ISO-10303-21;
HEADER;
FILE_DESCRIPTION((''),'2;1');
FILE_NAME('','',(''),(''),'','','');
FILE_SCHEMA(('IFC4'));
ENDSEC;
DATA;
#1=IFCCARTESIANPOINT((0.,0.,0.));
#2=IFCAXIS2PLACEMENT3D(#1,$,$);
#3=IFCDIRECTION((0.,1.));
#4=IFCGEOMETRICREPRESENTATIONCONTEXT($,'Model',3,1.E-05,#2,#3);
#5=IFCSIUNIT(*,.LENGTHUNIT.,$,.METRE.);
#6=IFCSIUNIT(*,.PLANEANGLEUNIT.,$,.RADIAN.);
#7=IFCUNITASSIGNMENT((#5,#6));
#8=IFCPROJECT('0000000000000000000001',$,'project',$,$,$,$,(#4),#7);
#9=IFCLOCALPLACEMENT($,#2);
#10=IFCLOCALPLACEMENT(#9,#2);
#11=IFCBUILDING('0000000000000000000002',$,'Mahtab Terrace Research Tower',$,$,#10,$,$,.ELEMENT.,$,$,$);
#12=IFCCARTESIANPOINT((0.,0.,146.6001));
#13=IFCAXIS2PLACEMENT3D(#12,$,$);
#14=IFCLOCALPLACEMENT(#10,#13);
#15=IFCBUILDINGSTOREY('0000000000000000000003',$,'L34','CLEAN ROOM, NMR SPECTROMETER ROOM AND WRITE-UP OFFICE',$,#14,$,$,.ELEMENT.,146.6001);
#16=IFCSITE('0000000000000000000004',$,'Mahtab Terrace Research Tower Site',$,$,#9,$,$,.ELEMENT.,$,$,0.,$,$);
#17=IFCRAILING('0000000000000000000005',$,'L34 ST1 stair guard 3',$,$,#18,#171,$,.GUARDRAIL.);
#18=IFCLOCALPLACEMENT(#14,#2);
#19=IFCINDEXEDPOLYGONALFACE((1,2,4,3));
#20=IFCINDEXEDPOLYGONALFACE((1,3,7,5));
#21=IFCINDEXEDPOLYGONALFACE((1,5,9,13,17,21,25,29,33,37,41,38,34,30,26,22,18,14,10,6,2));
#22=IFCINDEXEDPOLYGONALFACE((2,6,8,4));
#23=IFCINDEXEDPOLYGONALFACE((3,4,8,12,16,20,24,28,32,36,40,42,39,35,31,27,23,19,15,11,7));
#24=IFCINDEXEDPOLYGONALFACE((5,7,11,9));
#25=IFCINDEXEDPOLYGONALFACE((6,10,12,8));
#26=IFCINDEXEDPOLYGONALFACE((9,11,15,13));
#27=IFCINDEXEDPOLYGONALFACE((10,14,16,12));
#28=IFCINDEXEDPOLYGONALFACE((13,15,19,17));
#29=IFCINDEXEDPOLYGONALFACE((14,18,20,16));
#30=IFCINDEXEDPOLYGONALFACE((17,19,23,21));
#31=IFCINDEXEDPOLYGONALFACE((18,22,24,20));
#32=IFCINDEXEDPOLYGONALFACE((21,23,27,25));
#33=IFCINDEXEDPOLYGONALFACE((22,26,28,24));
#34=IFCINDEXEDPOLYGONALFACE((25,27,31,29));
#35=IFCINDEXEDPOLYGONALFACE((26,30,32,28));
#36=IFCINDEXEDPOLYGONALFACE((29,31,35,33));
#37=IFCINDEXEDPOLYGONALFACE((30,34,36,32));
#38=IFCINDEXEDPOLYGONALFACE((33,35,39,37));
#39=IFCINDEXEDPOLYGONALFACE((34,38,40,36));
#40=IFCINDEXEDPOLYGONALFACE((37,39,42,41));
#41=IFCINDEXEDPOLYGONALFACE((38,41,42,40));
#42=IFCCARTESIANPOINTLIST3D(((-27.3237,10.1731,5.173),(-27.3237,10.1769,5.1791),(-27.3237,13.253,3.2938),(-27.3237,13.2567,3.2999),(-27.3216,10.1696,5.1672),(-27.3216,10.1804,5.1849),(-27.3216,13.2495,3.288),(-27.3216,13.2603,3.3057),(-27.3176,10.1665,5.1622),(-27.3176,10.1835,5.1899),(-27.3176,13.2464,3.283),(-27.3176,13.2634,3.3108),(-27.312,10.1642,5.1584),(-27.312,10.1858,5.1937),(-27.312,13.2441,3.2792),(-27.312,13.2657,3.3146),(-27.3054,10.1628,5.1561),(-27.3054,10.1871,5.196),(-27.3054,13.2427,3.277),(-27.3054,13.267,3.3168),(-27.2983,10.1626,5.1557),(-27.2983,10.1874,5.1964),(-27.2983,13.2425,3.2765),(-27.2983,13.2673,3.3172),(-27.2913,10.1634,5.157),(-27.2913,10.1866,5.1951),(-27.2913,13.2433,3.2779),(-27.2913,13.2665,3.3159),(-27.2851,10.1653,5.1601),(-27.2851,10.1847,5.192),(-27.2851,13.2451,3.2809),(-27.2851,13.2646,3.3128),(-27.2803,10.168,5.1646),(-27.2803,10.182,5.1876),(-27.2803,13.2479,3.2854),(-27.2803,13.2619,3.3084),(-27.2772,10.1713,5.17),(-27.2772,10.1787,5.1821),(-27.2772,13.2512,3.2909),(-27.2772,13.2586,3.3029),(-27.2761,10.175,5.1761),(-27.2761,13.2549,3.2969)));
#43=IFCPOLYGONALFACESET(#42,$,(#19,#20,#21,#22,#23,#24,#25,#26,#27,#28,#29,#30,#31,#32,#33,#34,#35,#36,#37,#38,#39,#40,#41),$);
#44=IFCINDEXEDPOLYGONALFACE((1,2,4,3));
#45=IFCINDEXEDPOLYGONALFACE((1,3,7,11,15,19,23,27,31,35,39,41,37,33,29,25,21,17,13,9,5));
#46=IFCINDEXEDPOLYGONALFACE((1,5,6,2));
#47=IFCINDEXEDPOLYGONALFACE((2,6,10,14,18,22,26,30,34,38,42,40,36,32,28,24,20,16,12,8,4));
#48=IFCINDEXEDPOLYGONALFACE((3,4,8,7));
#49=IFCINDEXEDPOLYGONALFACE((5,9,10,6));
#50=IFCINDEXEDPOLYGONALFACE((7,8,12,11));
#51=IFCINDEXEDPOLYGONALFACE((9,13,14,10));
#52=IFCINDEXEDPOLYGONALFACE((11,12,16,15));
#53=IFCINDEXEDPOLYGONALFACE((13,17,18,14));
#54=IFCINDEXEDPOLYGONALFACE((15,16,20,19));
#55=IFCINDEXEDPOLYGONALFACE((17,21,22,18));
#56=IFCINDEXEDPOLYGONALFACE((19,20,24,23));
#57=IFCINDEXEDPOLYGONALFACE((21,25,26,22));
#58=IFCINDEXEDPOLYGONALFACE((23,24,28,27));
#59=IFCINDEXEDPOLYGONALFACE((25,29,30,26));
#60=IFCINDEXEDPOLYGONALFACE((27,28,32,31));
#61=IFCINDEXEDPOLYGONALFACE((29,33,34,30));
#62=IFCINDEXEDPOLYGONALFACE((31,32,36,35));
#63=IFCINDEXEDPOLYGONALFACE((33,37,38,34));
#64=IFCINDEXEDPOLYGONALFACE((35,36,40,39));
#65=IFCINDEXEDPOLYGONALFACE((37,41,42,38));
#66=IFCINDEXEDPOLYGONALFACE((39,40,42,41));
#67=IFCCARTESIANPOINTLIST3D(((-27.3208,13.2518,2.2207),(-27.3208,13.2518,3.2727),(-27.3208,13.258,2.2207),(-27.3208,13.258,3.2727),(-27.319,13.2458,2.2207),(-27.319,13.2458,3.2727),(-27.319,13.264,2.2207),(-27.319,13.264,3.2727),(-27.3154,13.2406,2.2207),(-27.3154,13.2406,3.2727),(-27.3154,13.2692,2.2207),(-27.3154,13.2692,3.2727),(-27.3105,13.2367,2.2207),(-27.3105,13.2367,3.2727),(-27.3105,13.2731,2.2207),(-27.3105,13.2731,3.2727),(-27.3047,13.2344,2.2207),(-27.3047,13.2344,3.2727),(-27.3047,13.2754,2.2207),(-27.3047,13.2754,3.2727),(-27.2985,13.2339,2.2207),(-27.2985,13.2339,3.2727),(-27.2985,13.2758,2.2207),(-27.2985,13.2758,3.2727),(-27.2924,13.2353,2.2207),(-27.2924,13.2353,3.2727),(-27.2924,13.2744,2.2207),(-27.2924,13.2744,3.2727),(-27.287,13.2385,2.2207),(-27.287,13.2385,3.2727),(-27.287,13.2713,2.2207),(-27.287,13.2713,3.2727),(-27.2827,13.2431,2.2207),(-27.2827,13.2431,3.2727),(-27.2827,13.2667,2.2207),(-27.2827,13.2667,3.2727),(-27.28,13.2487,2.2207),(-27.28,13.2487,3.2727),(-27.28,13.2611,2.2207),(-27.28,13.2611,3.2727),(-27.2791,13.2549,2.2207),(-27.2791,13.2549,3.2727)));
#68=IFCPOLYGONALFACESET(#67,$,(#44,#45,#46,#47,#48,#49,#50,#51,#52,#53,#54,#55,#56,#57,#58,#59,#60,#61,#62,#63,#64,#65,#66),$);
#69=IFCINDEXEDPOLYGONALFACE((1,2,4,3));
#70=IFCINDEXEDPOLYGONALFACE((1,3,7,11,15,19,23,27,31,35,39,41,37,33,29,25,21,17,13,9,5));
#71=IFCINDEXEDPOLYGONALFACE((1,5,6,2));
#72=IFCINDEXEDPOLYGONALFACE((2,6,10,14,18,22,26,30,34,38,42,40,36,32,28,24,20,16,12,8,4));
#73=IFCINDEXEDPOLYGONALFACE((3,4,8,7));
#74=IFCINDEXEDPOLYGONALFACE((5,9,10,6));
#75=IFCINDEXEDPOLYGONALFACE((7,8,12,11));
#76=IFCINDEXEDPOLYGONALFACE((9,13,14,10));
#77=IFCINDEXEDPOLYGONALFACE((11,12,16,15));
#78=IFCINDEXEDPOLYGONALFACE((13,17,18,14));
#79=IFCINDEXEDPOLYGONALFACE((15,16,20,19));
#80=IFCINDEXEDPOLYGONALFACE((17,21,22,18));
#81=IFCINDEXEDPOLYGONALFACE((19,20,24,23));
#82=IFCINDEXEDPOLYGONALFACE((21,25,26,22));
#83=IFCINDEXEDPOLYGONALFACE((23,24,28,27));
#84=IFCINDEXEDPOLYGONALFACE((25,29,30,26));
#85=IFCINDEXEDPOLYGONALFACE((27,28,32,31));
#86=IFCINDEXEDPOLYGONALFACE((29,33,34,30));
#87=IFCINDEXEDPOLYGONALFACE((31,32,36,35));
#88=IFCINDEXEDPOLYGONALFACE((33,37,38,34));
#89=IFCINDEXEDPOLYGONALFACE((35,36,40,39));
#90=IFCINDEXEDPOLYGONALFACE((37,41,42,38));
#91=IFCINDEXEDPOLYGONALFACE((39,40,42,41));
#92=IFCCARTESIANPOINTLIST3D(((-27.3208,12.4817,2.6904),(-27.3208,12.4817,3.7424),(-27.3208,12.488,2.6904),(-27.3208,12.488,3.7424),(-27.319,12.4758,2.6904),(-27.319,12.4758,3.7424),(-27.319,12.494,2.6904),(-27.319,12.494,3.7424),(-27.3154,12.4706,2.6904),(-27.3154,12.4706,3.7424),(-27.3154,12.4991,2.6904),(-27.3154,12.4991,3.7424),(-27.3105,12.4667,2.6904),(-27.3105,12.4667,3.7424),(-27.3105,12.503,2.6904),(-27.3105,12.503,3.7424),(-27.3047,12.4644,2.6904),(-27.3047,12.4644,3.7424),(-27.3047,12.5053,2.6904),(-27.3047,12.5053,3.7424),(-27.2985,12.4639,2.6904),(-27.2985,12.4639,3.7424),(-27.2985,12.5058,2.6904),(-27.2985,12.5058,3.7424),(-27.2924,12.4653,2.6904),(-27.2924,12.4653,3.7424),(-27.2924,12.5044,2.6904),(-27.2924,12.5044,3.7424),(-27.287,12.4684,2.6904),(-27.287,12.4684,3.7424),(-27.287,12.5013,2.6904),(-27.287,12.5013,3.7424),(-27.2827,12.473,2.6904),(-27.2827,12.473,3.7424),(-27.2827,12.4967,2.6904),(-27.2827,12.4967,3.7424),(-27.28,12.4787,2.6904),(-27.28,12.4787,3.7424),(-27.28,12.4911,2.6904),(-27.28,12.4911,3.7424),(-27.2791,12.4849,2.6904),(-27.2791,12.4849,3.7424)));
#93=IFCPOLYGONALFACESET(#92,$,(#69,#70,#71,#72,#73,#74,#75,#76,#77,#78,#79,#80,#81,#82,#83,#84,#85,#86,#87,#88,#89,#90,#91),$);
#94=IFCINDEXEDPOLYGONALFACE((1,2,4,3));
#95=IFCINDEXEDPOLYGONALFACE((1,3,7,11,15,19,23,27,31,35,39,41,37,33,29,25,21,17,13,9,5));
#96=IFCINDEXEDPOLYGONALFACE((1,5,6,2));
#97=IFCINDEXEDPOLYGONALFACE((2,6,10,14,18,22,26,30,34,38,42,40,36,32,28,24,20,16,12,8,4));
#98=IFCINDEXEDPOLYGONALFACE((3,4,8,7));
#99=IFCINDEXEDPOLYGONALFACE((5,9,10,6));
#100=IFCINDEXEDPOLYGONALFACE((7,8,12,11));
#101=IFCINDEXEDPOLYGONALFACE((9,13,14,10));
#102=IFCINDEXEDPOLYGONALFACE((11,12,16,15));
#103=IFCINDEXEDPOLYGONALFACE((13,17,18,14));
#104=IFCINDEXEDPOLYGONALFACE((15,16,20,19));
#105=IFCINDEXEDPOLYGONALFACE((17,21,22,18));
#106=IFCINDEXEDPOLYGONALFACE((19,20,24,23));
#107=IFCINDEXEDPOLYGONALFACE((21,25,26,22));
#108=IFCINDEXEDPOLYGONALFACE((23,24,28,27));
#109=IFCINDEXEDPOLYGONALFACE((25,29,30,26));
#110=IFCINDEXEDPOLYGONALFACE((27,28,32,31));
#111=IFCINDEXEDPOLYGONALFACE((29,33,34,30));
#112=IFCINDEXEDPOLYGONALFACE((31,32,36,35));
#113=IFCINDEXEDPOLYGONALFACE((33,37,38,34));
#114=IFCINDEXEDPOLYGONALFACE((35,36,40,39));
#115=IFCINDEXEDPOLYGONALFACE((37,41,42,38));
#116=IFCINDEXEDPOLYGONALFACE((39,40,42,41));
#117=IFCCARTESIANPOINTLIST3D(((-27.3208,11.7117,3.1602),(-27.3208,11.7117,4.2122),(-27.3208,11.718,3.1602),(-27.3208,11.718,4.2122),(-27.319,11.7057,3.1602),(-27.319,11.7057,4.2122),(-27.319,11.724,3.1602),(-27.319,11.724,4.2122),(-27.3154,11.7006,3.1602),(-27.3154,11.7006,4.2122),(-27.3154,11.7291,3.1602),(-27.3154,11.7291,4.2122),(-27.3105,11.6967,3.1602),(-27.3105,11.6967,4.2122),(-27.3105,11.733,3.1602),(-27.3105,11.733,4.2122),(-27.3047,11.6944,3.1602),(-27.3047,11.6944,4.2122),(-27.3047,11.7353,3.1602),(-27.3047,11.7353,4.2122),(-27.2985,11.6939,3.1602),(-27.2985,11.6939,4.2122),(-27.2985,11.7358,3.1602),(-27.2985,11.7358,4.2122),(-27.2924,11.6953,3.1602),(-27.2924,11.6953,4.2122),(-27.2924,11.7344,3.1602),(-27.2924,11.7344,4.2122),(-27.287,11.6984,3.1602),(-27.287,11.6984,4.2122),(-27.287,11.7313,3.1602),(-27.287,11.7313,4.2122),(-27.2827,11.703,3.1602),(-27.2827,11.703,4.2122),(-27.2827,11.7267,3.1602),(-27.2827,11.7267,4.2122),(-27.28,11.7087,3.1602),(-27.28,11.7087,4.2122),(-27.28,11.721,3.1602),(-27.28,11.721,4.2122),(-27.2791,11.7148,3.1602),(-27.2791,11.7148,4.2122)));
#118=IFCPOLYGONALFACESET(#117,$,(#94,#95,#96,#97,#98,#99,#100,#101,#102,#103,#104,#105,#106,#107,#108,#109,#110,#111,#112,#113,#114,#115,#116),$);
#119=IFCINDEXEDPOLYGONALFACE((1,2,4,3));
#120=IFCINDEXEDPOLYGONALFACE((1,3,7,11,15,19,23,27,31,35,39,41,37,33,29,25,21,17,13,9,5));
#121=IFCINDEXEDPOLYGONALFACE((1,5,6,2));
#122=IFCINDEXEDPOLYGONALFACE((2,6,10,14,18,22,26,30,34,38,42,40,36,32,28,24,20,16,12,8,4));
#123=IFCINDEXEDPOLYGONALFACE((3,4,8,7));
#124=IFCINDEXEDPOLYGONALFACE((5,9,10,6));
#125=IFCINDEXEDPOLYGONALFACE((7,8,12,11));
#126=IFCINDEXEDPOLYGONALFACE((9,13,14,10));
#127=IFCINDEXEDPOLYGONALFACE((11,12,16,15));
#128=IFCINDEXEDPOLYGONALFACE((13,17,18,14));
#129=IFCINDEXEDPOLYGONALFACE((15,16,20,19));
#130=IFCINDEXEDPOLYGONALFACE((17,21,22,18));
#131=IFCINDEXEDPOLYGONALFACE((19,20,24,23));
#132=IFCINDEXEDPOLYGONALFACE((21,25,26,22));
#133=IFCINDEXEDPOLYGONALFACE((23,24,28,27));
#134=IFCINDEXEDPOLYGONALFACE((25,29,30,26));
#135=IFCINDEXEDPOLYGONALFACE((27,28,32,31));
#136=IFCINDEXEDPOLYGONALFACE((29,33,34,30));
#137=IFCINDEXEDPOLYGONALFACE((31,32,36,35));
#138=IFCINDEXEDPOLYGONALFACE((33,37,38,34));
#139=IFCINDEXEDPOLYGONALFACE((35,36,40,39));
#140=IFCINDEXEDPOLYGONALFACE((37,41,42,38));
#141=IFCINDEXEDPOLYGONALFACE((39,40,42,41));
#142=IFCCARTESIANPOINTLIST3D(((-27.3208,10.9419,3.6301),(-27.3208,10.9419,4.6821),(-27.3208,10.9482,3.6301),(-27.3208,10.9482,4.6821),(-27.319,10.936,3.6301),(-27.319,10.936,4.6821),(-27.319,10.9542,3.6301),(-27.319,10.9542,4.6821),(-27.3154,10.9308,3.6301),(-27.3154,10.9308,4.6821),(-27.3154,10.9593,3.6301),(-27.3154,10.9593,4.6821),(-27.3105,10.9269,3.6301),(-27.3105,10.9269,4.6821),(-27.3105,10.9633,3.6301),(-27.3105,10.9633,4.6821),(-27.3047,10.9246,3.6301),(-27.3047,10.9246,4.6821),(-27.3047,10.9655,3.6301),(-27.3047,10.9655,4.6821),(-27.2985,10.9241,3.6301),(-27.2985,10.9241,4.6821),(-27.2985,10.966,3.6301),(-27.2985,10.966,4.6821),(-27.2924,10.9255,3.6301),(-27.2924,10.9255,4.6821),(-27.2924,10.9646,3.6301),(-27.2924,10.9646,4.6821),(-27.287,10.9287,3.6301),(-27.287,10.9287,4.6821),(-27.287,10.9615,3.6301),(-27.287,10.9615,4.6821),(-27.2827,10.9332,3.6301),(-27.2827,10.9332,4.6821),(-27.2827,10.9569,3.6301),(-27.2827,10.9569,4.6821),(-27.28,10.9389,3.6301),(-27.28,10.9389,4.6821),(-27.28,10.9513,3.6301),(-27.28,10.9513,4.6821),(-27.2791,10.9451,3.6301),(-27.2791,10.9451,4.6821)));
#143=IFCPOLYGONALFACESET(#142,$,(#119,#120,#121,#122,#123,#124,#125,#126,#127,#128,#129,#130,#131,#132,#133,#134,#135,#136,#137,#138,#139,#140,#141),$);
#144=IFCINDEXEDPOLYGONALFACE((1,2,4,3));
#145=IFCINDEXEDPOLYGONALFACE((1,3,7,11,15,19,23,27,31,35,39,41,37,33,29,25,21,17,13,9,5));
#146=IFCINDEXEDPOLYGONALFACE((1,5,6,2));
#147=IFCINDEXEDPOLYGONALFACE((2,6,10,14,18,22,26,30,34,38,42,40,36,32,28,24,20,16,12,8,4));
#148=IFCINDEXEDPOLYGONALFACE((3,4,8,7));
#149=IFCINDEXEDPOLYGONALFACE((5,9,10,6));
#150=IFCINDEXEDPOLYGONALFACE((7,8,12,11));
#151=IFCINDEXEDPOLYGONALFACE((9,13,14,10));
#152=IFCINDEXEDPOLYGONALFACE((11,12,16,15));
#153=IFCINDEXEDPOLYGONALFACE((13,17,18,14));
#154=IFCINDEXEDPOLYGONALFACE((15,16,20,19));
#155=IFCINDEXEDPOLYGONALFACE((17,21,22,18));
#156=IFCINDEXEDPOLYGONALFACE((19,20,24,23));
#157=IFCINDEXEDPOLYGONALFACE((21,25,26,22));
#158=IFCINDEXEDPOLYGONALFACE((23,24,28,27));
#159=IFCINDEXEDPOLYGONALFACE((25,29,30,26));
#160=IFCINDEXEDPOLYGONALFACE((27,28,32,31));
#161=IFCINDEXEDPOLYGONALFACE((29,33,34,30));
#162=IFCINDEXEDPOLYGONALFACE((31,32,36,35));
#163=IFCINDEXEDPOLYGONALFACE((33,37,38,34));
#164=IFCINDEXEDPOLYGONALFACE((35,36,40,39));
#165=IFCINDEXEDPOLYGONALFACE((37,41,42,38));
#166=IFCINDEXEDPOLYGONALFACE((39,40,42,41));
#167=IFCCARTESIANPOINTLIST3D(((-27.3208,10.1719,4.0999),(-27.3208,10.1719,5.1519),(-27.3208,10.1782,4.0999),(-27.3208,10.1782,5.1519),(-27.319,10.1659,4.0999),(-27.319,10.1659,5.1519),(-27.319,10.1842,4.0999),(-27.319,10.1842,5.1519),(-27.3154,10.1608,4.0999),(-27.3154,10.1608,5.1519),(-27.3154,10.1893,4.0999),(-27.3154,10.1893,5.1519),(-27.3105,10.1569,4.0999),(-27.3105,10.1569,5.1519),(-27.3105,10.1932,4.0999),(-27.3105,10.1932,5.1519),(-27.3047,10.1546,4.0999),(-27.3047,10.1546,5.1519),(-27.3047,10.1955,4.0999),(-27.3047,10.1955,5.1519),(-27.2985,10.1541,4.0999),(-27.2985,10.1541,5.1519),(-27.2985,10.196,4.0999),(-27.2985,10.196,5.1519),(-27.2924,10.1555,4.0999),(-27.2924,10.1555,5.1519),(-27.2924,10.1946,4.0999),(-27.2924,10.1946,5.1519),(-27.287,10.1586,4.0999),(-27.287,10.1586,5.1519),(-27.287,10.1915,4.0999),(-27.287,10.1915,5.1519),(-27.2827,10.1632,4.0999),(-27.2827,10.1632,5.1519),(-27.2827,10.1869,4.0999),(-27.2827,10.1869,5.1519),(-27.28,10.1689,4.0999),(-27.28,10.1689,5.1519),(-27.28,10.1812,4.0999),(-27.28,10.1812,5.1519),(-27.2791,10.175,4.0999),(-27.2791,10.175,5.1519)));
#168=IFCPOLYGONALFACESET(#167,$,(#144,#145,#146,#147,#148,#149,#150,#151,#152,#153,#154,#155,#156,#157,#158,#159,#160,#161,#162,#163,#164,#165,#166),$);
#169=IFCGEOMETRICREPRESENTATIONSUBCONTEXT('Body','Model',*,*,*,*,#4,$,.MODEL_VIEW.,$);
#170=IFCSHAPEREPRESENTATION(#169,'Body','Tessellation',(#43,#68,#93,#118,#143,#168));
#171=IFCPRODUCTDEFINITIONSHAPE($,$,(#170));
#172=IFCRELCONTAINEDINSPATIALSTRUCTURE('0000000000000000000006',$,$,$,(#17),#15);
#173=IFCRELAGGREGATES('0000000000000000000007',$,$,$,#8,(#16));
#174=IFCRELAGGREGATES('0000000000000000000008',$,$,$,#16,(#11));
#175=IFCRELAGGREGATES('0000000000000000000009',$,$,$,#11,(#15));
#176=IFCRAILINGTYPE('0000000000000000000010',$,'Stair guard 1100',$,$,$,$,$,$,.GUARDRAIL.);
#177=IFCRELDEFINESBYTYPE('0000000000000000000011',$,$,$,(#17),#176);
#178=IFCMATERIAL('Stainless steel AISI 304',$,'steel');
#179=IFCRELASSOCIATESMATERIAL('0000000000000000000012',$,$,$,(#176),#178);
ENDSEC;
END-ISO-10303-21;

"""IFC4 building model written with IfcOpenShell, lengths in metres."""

from ifc_helpers import new_model, si_unit, direction, frame, origin, origin_2d, place, context, subcontext, project, spatial, circle, extrude, material, type_object, element, save


model = new_model("IFC4")

# Units and contexts
model_context = context("Model", 3, precision=1e-05, world=origin(), true_north=direction((0.0, 1.0)))
body_context = subcontext(model_context, "Body", "Model", "MODEL_VIEW")
ifc_project = project(units=[si_unit("LENGTHUNIT", "METRE"), si_unit("PLANEANGLEUNIT", "RADIAN")], contexts=[model_context])

# Site, building, storey
site_placement = place(None, origin())
site = spatial("IfcSite", under=ifc_project, at=site_placement, Name="Mahtab Terrace Research Tower Site", CompositionType="ELEMENT", RefElevation=0.0)
building_placement = place(site_placement, origin())
building = spatial("IfcBuilding", under=site, at=building_placement, Name="Mahtab Terrace Research Tower", CompositionType="ELEMENT")
storey_placement = place(building_placement, frame((0.0, 0.0, 146.6001)))
storey = spatial("IfcBuildingStorey", under=building, at=storey_placement, Name="L34", Description="CLEAN ROOM, NMR SPECTROMETER ROOM AND WRITE-UP OFFICE", CompositionType="ELEMENT", Elevation=146.6001)

# Railing
ifc_material_1 = material(Name="Stainless steel AISI 304", Category="steel")
railing_type_1 = type_object("IfcRailingType", Name="Stair guard 1100", PredefinedType="GUARDRAIL", material=ifc_material_1)
railing_1_placement = place(storey_placement, frame((-27.3, 13.2549, 2.2207)))
element("IfcRailing", 1, at=railing_1_placement, inside=storey, type_object=railing_type_1, Name="L34 ST1 stair guard 3", PredefinedType="GUARDRAIL", context=body_context, shape_type="SweptSolid", body=[
    extrude(circle(Radius=0.0239, at=origin_2d()), frame((0.0, 0.0, 1.0762), z_axis=(0.0, -0.853648, 0.52085), x_axis=(1.0, 0.0, 0.0)), (0.0, 0.0, 1.0), 3.6079),
    extrude(circle(Radius=0.021, at=origin_2d()), origin(), (0.0, 0.0, 1.0), 1.052),
    extrude(circle(Radius=0.021, at=origin_2d()), frame((0.0, -0.77, 0.4697)), (0.0, 0.0, 1.0), 1.052),
    extrude(circle(Radius=0.021, at=origin_2d()), frame((0.0, -1.54, 0.9395)), (0.0, 0.0, 1.0), 1.052),
    extrude(circle(Radius=0.021, at=origin_2d()), frame((0.0, -2.3098, 1.4094)), (0.0, 0.0, 1.0), 1.052),
    extrude(circle(Radius=0.021, at=origin_2d()), frame((0.0, -3.0798, 1.8792)), (0.0, 0.0, 1.0), 1.052),
])

save(model, "model.ifc")
